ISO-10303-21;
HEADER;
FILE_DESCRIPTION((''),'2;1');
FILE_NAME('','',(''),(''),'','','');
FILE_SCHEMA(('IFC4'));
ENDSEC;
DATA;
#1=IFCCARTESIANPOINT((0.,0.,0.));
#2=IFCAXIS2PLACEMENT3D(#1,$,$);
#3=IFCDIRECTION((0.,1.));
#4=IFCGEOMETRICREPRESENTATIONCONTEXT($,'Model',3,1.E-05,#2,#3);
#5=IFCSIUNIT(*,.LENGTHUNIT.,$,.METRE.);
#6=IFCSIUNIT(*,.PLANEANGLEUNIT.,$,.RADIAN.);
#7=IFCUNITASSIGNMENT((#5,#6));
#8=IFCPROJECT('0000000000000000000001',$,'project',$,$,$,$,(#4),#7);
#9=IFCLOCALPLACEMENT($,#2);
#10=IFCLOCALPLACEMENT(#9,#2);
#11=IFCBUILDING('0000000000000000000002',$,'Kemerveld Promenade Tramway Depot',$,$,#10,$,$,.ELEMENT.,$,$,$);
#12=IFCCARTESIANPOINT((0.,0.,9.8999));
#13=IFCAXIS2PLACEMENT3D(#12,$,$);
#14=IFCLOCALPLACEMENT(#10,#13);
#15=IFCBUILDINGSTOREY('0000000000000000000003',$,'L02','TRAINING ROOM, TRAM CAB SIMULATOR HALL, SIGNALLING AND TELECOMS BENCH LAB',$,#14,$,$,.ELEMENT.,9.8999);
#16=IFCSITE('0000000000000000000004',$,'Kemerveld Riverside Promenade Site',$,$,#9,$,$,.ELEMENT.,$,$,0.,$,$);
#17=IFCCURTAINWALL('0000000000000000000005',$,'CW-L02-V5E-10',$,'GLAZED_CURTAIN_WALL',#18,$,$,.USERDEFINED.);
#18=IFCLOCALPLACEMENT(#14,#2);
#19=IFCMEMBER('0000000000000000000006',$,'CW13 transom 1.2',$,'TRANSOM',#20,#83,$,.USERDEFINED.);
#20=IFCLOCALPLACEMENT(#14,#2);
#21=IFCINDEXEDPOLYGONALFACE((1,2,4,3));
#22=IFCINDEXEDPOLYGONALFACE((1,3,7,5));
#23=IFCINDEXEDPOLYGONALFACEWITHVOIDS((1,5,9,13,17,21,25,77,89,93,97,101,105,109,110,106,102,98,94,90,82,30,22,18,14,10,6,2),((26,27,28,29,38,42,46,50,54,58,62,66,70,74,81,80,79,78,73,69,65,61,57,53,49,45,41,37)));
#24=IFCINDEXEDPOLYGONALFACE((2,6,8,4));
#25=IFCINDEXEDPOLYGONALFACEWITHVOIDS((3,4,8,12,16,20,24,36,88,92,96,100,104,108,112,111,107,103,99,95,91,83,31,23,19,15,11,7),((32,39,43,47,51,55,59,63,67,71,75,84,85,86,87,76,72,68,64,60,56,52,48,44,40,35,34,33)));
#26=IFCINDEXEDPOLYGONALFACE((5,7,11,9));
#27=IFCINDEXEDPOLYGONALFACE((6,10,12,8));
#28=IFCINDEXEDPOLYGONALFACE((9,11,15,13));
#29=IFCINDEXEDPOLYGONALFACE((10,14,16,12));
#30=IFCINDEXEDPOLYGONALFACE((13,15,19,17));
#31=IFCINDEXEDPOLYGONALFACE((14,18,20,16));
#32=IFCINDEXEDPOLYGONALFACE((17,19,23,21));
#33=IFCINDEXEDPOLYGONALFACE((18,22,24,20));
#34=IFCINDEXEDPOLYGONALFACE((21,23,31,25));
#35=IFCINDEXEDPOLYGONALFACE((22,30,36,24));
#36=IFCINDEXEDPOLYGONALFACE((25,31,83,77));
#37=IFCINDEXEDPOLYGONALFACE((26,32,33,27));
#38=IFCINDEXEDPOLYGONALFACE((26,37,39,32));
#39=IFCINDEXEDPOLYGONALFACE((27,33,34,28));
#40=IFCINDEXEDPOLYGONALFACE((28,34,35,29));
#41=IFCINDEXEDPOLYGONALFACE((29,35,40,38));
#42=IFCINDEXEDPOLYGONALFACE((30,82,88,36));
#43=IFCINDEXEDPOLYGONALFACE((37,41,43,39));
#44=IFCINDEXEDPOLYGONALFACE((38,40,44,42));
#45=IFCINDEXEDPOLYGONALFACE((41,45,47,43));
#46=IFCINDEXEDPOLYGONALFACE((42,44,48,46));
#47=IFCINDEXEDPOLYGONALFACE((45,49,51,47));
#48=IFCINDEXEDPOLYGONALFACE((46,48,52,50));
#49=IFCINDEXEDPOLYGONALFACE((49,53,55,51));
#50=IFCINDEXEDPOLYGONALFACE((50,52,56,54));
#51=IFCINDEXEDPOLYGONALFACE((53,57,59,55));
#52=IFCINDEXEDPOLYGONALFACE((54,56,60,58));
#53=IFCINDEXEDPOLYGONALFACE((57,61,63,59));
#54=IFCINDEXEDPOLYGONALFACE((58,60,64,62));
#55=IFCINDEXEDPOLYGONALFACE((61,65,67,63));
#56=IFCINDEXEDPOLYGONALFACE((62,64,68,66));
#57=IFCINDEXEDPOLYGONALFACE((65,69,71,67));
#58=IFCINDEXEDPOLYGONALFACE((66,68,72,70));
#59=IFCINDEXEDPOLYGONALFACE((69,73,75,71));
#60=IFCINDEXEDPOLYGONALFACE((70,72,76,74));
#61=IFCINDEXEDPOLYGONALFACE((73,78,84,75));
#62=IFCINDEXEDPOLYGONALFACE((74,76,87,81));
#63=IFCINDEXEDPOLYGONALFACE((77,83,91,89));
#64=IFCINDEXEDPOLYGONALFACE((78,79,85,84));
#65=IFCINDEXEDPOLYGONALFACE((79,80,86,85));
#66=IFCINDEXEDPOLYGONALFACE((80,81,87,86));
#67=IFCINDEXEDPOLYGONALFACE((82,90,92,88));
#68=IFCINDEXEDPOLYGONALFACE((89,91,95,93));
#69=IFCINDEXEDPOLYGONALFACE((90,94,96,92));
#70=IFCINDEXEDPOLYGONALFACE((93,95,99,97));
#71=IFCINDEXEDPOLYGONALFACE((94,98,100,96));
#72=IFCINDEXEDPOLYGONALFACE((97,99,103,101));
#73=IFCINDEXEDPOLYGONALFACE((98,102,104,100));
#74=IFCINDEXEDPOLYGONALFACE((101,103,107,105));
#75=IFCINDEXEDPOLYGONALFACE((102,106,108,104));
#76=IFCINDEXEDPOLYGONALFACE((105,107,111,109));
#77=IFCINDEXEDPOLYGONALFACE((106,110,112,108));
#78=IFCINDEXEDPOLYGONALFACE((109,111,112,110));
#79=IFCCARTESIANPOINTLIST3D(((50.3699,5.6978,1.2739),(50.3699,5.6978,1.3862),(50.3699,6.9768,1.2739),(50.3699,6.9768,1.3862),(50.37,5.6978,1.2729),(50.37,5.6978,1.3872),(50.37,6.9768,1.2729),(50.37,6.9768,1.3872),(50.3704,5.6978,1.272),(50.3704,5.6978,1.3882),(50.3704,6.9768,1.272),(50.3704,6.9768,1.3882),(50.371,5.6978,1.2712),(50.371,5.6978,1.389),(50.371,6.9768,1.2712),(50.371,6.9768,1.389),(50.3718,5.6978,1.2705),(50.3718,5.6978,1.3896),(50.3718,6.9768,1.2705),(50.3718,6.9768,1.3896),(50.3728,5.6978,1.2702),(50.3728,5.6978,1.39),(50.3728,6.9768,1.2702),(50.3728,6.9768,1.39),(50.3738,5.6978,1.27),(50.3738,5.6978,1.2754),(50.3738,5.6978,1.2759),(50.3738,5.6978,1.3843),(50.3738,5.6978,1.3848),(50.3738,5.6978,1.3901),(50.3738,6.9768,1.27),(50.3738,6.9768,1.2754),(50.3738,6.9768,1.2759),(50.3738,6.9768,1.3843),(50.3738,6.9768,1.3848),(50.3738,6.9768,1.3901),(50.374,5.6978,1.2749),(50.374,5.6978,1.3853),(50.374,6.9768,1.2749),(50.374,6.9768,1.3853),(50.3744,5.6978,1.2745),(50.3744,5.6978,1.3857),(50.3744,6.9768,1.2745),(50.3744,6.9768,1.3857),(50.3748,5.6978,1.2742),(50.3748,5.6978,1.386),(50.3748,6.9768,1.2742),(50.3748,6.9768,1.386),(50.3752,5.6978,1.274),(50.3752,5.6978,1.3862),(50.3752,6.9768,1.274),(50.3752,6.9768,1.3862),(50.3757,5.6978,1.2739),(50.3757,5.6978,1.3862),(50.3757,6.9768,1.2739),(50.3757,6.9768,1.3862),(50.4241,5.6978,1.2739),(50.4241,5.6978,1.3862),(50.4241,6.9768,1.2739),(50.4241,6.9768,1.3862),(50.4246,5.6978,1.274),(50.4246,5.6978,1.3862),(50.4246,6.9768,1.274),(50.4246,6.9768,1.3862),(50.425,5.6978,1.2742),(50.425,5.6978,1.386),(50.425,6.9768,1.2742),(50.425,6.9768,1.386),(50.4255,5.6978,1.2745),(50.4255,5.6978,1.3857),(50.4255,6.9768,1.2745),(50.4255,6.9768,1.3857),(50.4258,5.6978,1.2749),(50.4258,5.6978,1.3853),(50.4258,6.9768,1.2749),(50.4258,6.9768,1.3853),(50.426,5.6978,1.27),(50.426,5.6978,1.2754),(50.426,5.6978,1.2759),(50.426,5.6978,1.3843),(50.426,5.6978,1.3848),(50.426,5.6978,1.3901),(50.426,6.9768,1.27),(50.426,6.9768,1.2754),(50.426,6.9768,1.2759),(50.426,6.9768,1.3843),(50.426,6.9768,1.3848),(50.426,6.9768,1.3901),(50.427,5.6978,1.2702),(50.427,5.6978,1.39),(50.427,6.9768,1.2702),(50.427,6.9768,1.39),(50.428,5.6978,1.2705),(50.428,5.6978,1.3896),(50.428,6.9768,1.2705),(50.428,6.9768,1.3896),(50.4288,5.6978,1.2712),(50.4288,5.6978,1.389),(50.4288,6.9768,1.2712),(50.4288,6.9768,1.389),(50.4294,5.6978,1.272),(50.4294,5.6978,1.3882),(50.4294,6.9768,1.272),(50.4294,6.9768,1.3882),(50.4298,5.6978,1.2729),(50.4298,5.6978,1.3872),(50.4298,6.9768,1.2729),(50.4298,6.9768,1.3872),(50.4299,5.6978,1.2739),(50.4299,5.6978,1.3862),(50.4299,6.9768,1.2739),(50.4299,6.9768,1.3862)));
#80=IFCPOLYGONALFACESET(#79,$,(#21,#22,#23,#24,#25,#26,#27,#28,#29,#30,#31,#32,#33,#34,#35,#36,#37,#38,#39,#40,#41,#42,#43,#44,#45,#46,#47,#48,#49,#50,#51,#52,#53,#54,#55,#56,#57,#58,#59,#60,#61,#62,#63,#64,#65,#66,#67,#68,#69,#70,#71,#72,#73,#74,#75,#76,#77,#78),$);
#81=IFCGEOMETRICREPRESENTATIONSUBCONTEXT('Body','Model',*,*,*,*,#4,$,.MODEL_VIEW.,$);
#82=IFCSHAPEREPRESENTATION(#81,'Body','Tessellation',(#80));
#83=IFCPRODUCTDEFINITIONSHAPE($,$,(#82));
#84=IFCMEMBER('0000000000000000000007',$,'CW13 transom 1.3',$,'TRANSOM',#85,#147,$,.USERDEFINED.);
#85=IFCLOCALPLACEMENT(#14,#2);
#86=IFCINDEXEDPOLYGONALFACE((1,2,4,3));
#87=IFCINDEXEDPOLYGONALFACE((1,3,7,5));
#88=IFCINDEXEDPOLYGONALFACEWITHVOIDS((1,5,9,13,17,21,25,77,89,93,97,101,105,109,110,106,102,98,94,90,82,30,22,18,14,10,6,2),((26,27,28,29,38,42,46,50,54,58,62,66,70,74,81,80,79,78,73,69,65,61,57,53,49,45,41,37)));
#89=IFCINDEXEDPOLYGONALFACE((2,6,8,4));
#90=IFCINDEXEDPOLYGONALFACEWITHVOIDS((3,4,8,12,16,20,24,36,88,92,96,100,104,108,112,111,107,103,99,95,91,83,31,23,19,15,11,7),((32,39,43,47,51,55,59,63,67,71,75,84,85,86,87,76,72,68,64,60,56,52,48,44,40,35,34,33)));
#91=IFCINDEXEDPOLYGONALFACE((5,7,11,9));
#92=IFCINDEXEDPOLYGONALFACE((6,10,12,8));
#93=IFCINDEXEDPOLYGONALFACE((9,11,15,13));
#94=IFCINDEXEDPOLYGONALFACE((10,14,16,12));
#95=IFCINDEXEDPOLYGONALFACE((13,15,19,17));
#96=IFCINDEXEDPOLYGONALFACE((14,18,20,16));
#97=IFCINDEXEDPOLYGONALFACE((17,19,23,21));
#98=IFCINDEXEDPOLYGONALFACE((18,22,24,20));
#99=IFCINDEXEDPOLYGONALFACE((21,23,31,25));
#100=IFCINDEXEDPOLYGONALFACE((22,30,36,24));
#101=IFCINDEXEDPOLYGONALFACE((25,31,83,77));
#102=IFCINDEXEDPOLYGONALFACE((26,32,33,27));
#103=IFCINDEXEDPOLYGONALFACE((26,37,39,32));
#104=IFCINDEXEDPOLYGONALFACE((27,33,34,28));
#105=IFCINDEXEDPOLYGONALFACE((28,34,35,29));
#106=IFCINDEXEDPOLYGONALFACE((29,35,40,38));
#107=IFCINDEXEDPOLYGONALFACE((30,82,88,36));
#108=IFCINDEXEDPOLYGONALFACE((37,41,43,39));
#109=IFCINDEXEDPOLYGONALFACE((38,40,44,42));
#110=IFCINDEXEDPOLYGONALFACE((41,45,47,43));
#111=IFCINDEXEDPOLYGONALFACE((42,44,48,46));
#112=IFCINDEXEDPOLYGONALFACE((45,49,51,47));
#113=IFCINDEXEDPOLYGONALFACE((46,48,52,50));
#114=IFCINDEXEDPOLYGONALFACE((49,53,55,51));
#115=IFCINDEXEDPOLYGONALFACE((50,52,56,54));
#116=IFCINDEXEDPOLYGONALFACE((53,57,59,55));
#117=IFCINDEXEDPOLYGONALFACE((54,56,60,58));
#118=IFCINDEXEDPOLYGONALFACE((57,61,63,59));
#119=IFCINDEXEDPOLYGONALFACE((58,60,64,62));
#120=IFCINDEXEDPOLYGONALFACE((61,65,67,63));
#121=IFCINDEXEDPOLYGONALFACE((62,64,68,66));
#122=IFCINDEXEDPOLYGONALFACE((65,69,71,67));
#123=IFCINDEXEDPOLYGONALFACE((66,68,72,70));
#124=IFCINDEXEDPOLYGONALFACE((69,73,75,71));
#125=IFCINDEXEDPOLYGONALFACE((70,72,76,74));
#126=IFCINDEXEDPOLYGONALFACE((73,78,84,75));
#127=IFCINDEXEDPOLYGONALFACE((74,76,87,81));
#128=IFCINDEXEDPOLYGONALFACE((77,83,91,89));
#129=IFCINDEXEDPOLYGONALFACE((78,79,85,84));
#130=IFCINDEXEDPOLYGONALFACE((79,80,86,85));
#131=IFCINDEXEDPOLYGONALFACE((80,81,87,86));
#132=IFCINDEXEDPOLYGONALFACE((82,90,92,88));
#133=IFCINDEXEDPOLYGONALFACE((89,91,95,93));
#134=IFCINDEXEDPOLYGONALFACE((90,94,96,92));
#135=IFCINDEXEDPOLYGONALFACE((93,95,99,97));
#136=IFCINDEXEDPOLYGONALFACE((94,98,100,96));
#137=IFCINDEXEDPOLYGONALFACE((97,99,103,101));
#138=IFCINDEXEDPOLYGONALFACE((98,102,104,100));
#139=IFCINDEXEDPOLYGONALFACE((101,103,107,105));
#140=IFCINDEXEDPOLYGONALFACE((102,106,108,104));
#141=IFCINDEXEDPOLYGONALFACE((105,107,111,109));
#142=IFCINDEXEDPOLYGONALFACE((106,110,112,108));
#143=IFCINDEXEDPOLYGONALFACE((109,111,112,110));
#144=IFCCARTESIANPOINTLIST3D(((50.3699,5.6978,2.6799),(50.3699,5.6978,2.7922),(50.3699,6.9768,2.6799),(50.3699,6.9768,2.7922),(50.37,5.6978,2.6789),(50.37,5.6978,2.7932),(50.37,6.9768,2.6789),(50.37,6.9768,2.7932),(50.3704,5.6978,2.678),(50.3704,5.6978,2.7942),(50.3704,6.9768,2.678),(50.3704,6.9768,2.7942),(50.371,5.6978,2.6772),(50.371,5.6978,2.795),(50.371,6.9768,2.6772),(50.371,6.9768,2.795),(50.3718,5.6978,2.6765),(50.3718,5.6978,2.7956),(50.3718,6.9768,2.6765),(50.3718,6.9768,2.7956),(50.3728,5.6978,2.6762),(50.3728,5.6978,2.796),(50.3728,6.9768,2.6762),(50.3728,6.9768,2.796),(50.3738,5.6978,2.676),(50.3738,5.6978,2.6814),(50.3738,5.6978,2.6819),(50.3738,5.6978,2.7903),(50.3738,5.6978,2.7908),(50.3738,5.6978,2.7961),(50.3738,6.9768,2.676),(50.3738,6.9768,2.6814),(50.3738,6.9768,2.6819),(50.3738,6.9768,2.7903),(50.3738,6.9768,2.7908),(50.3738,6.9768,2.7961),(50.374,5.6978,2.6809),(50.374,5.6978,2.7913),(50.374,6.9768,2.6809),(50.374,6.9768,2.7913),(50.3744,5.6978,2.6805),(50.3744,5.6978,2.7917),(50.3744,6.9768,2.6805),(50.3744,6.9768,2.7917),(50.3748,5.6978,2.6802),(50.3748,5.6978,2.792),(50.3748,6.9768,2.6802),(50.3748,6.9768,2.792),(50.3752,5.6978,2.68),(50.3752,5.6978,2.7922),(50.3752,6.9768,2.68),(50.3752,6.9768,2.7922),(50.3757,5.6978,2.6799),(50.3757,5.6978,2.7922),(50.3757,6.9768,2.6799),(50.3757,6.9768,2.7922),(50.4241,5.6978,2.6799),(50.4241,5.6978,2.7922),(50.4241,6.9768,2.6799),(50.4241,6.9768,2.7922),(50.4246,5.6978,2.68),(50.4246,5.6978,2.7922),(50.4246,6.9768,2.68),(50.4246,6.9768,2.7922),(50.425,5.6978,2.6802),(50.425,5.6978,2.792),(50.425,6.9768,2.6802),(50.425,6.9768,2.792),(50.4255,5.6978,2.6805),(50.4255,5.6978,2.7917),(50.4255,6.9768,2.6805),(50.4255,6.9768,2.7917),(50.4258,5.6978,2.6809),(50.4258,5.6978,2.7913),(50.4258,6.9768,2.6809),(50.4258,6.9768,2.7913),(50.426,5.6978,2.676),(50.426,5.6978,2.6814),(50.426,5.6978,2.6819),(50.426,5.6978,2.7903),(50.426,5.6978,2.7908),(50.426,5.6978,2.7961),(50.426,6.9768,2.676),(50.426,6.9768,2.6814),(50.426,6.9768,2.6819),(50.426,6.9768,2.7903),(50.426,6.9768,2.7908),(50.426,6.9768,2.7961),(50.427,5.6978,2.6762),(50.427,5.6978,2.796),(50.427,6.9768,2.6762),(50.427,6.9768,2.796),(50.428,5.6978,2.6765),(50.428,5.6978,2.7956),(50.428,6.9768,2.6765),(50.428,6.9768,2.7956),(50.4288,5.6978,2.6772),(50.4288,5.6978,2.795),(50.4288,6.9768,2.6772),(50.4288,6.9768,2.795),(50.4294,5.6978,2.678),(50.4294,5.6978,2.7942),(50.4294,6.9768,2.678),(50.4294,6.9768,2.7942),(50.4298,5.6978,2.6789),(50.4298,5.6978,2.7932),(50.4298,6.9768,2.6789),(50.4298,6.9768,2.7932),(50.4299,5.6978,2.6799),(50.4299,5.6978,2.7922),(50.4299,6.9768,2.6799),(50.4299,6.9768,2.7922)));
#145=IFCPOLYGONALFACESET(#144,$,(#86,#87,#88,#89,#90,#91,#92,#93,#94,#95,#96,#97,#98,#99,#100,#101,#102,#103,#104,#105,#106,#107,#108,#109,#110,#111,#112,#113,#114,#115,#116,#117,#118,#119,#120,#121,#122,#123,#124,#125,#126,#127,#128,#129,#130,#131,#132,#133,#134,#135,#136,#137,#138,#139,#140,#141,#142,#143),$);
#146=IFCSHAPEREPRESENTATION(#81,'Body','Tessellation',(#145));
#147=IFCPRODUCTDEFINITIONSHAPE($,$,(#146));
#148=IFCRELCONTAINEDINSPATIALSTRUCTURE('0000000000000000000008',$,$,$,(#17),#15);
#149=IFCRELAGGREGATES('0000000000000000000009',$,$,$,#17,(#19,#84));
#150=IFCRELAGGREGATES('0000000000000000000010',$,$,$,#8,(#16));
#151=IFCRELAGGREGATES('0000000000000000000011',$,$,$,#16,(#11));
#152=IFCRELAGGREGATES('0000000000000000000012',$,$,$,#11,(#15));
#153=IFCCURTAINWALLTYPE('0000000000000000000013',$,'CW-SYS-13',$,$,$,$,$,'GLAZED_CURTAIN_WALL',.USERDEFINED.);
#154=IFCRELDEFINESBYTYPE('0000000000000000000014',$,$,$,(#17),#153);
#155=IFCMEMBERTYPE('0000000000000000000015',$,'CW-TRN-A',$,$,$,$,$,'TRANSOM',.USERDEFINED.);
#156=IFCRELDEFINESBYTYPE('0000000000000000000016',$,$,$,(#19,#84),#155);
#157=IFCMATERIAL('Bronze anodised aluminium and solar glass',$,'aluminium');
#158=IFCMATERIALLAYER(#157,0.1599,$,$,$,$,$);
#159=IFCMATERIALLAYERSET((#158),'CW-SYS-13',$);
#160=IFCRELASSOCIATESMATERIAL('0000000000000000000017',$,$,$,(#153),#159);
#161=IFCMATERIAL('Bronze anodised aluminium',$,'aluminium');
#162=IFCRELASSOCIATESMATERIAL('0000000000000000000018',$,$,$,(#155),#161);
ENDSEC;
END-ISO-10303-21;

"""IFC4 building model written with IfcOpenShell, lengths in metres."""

from ifc_helpers import new_model, si_unit, direction, frame, origin, origin_2d, place, context, subcontext, project, spatial, hollow_rectangle, extrude, material, layer, layer_set, material_profile, profile_set, type_object, element, aggregate, save


model = new_model("IFC4")

# Units and contexts
model_context = context("Model", 3, precision=1e-05, world=origin(), true_north=direction((0.0, 1.0)))
body_context = subcontext(model_context, "Body", "Model", "MODEL_VIEW")
ifc_project = project(units=[si_unit("LENGTHUNIT", "METRE"), si_unit("PLANEANGLEUNIT", "RADIAN")], contexts=[model_context])

# Site, building, storey
site_placement = place(None, origin())
site = spatial("IfcSite", under=ifc_project, at=site_placement, Name="Kemerveld Riverside Promenade Site", CompositionType="ELEMENT", RefElevation=0.0)
building_placement = place(site_placement, origin())
building = spatial("IfcBuilding", under=site, at=building_placement, Name="Kemerveld Promenade Tramway Depot", CompositionType="ELEMENT")
storey_placement = place(building_placement, frame((0.0, 0.0, 9.8999)))
storey = spatial("IfcBuildingStorey", under=building, at=storey_placement, Name="L02", Description="TRAINING ROOM, TRAM CAB SIMULATOR HALL, SIGNALLING AND TELECOMS BENCH LAB", CompositionType="ELEMENT", Elevation=9.8999)

# Curtain wall, members
ifc_material_1 = material(Name="Bronze anodised aluminium and solar glass", Category="aluminium")
ifc_layer_1 = layer(ifc_material_1, 0.1599)
ifc_layer_set_1 = layer_set([ifc_layer_1], Name="CW-SYS-13")
curtain_wall_type = type_object("IfcCurtainWallType", Name="CW-SYS-13", ElementType="GLAZED_CURTAIN_WALL", PredefinedType="USERDEFINED", material=ifc_layer_set_1)
curtain_wall_placement = place(storey_placement, origin())
curtain_wall = element("IfcCurtainWall", 1, at=curtain_wall_placement, inside=storey, type_object=curtain_wall_type, Name="CW-L02-V5E-10", ObjectType="GLAZED_CURTAIN_WALL", PredefinedType="USERDEFINED")
ifc_material_2 = material(Name="Bronze anodised aluminium", Category="aluminium")
ifc_material_profile_1 = material_profile(ifc_material_2, hollow_rectangle(XDim=0.0601, YDim=0.1201, WallThickness=0.0039, InnerFilletRadius=0.002, OuterFilletRadius=0.0039, at=origin_2d()), Name="CW-TRN-120x60")
ifc_profile_set_1 = profile_set([ifc_material_profile_1], Name="Bronze anodised aluminium")
member_type_1 = type_object("IfcMemberType", Name="CW-TRN-A", ElementType="TRANSOM", PredefinedType="USERDEFINED", material=ifc_profile_set_1)
member_1_placement = place(storey_placement, frame((50.3999, 6.9768, 1.3301), z_axis=(0.0, -1.0, 0.0), x_axis=(1.0, 0.0, 0.0)))
member_1 = element("IfcMember", 2, at=member_1_placement, type_object=member_type_1, Name="CW13 transom 1.2", ObjectType="TRANSOM", PredefinedType="USERDEFINED", context=body_context, shape_type="SweptSolid", body=[
    extrude(hollow_rectangle(XDim=0.0601, YDim=0.1201, WallThickness=0.0039, InnerFilletRadius=0.002, OuterFilletRadius=0.0039, at=origin_2d()), origin(), (0.0, 0.0, 1.0), 1.2791),
])
member_2_placement = place(storey_placement, frame((50.3999, 6.9768, 2.7361), z_axis=(0.0, -1.0, 0.0), x_axis=(1.0, 0.0, 0.0)))
member_2 = element("IfcMember", 3, at=member_2_placement, type_object=member_type_1, Name="CW13 transom 1.3", ObjectType="TRANSOM", PredefinedType="USERDEFINED", context=body_context, shape_type="SweptSolid", body=[
    extrude(hollow_rectangle(XDim=0.0601, YDim=0.1201, WallThickness=0.0039, InnerFilletRadius=0.002, OuterFilletRadius=0.0039, at=origin_2d()), origin(), (0.0, 0.0, 1.0), 1.2791),
])
aggregate(curtain_wall, [member_1, member_2])

save(model, "model.ifc")
